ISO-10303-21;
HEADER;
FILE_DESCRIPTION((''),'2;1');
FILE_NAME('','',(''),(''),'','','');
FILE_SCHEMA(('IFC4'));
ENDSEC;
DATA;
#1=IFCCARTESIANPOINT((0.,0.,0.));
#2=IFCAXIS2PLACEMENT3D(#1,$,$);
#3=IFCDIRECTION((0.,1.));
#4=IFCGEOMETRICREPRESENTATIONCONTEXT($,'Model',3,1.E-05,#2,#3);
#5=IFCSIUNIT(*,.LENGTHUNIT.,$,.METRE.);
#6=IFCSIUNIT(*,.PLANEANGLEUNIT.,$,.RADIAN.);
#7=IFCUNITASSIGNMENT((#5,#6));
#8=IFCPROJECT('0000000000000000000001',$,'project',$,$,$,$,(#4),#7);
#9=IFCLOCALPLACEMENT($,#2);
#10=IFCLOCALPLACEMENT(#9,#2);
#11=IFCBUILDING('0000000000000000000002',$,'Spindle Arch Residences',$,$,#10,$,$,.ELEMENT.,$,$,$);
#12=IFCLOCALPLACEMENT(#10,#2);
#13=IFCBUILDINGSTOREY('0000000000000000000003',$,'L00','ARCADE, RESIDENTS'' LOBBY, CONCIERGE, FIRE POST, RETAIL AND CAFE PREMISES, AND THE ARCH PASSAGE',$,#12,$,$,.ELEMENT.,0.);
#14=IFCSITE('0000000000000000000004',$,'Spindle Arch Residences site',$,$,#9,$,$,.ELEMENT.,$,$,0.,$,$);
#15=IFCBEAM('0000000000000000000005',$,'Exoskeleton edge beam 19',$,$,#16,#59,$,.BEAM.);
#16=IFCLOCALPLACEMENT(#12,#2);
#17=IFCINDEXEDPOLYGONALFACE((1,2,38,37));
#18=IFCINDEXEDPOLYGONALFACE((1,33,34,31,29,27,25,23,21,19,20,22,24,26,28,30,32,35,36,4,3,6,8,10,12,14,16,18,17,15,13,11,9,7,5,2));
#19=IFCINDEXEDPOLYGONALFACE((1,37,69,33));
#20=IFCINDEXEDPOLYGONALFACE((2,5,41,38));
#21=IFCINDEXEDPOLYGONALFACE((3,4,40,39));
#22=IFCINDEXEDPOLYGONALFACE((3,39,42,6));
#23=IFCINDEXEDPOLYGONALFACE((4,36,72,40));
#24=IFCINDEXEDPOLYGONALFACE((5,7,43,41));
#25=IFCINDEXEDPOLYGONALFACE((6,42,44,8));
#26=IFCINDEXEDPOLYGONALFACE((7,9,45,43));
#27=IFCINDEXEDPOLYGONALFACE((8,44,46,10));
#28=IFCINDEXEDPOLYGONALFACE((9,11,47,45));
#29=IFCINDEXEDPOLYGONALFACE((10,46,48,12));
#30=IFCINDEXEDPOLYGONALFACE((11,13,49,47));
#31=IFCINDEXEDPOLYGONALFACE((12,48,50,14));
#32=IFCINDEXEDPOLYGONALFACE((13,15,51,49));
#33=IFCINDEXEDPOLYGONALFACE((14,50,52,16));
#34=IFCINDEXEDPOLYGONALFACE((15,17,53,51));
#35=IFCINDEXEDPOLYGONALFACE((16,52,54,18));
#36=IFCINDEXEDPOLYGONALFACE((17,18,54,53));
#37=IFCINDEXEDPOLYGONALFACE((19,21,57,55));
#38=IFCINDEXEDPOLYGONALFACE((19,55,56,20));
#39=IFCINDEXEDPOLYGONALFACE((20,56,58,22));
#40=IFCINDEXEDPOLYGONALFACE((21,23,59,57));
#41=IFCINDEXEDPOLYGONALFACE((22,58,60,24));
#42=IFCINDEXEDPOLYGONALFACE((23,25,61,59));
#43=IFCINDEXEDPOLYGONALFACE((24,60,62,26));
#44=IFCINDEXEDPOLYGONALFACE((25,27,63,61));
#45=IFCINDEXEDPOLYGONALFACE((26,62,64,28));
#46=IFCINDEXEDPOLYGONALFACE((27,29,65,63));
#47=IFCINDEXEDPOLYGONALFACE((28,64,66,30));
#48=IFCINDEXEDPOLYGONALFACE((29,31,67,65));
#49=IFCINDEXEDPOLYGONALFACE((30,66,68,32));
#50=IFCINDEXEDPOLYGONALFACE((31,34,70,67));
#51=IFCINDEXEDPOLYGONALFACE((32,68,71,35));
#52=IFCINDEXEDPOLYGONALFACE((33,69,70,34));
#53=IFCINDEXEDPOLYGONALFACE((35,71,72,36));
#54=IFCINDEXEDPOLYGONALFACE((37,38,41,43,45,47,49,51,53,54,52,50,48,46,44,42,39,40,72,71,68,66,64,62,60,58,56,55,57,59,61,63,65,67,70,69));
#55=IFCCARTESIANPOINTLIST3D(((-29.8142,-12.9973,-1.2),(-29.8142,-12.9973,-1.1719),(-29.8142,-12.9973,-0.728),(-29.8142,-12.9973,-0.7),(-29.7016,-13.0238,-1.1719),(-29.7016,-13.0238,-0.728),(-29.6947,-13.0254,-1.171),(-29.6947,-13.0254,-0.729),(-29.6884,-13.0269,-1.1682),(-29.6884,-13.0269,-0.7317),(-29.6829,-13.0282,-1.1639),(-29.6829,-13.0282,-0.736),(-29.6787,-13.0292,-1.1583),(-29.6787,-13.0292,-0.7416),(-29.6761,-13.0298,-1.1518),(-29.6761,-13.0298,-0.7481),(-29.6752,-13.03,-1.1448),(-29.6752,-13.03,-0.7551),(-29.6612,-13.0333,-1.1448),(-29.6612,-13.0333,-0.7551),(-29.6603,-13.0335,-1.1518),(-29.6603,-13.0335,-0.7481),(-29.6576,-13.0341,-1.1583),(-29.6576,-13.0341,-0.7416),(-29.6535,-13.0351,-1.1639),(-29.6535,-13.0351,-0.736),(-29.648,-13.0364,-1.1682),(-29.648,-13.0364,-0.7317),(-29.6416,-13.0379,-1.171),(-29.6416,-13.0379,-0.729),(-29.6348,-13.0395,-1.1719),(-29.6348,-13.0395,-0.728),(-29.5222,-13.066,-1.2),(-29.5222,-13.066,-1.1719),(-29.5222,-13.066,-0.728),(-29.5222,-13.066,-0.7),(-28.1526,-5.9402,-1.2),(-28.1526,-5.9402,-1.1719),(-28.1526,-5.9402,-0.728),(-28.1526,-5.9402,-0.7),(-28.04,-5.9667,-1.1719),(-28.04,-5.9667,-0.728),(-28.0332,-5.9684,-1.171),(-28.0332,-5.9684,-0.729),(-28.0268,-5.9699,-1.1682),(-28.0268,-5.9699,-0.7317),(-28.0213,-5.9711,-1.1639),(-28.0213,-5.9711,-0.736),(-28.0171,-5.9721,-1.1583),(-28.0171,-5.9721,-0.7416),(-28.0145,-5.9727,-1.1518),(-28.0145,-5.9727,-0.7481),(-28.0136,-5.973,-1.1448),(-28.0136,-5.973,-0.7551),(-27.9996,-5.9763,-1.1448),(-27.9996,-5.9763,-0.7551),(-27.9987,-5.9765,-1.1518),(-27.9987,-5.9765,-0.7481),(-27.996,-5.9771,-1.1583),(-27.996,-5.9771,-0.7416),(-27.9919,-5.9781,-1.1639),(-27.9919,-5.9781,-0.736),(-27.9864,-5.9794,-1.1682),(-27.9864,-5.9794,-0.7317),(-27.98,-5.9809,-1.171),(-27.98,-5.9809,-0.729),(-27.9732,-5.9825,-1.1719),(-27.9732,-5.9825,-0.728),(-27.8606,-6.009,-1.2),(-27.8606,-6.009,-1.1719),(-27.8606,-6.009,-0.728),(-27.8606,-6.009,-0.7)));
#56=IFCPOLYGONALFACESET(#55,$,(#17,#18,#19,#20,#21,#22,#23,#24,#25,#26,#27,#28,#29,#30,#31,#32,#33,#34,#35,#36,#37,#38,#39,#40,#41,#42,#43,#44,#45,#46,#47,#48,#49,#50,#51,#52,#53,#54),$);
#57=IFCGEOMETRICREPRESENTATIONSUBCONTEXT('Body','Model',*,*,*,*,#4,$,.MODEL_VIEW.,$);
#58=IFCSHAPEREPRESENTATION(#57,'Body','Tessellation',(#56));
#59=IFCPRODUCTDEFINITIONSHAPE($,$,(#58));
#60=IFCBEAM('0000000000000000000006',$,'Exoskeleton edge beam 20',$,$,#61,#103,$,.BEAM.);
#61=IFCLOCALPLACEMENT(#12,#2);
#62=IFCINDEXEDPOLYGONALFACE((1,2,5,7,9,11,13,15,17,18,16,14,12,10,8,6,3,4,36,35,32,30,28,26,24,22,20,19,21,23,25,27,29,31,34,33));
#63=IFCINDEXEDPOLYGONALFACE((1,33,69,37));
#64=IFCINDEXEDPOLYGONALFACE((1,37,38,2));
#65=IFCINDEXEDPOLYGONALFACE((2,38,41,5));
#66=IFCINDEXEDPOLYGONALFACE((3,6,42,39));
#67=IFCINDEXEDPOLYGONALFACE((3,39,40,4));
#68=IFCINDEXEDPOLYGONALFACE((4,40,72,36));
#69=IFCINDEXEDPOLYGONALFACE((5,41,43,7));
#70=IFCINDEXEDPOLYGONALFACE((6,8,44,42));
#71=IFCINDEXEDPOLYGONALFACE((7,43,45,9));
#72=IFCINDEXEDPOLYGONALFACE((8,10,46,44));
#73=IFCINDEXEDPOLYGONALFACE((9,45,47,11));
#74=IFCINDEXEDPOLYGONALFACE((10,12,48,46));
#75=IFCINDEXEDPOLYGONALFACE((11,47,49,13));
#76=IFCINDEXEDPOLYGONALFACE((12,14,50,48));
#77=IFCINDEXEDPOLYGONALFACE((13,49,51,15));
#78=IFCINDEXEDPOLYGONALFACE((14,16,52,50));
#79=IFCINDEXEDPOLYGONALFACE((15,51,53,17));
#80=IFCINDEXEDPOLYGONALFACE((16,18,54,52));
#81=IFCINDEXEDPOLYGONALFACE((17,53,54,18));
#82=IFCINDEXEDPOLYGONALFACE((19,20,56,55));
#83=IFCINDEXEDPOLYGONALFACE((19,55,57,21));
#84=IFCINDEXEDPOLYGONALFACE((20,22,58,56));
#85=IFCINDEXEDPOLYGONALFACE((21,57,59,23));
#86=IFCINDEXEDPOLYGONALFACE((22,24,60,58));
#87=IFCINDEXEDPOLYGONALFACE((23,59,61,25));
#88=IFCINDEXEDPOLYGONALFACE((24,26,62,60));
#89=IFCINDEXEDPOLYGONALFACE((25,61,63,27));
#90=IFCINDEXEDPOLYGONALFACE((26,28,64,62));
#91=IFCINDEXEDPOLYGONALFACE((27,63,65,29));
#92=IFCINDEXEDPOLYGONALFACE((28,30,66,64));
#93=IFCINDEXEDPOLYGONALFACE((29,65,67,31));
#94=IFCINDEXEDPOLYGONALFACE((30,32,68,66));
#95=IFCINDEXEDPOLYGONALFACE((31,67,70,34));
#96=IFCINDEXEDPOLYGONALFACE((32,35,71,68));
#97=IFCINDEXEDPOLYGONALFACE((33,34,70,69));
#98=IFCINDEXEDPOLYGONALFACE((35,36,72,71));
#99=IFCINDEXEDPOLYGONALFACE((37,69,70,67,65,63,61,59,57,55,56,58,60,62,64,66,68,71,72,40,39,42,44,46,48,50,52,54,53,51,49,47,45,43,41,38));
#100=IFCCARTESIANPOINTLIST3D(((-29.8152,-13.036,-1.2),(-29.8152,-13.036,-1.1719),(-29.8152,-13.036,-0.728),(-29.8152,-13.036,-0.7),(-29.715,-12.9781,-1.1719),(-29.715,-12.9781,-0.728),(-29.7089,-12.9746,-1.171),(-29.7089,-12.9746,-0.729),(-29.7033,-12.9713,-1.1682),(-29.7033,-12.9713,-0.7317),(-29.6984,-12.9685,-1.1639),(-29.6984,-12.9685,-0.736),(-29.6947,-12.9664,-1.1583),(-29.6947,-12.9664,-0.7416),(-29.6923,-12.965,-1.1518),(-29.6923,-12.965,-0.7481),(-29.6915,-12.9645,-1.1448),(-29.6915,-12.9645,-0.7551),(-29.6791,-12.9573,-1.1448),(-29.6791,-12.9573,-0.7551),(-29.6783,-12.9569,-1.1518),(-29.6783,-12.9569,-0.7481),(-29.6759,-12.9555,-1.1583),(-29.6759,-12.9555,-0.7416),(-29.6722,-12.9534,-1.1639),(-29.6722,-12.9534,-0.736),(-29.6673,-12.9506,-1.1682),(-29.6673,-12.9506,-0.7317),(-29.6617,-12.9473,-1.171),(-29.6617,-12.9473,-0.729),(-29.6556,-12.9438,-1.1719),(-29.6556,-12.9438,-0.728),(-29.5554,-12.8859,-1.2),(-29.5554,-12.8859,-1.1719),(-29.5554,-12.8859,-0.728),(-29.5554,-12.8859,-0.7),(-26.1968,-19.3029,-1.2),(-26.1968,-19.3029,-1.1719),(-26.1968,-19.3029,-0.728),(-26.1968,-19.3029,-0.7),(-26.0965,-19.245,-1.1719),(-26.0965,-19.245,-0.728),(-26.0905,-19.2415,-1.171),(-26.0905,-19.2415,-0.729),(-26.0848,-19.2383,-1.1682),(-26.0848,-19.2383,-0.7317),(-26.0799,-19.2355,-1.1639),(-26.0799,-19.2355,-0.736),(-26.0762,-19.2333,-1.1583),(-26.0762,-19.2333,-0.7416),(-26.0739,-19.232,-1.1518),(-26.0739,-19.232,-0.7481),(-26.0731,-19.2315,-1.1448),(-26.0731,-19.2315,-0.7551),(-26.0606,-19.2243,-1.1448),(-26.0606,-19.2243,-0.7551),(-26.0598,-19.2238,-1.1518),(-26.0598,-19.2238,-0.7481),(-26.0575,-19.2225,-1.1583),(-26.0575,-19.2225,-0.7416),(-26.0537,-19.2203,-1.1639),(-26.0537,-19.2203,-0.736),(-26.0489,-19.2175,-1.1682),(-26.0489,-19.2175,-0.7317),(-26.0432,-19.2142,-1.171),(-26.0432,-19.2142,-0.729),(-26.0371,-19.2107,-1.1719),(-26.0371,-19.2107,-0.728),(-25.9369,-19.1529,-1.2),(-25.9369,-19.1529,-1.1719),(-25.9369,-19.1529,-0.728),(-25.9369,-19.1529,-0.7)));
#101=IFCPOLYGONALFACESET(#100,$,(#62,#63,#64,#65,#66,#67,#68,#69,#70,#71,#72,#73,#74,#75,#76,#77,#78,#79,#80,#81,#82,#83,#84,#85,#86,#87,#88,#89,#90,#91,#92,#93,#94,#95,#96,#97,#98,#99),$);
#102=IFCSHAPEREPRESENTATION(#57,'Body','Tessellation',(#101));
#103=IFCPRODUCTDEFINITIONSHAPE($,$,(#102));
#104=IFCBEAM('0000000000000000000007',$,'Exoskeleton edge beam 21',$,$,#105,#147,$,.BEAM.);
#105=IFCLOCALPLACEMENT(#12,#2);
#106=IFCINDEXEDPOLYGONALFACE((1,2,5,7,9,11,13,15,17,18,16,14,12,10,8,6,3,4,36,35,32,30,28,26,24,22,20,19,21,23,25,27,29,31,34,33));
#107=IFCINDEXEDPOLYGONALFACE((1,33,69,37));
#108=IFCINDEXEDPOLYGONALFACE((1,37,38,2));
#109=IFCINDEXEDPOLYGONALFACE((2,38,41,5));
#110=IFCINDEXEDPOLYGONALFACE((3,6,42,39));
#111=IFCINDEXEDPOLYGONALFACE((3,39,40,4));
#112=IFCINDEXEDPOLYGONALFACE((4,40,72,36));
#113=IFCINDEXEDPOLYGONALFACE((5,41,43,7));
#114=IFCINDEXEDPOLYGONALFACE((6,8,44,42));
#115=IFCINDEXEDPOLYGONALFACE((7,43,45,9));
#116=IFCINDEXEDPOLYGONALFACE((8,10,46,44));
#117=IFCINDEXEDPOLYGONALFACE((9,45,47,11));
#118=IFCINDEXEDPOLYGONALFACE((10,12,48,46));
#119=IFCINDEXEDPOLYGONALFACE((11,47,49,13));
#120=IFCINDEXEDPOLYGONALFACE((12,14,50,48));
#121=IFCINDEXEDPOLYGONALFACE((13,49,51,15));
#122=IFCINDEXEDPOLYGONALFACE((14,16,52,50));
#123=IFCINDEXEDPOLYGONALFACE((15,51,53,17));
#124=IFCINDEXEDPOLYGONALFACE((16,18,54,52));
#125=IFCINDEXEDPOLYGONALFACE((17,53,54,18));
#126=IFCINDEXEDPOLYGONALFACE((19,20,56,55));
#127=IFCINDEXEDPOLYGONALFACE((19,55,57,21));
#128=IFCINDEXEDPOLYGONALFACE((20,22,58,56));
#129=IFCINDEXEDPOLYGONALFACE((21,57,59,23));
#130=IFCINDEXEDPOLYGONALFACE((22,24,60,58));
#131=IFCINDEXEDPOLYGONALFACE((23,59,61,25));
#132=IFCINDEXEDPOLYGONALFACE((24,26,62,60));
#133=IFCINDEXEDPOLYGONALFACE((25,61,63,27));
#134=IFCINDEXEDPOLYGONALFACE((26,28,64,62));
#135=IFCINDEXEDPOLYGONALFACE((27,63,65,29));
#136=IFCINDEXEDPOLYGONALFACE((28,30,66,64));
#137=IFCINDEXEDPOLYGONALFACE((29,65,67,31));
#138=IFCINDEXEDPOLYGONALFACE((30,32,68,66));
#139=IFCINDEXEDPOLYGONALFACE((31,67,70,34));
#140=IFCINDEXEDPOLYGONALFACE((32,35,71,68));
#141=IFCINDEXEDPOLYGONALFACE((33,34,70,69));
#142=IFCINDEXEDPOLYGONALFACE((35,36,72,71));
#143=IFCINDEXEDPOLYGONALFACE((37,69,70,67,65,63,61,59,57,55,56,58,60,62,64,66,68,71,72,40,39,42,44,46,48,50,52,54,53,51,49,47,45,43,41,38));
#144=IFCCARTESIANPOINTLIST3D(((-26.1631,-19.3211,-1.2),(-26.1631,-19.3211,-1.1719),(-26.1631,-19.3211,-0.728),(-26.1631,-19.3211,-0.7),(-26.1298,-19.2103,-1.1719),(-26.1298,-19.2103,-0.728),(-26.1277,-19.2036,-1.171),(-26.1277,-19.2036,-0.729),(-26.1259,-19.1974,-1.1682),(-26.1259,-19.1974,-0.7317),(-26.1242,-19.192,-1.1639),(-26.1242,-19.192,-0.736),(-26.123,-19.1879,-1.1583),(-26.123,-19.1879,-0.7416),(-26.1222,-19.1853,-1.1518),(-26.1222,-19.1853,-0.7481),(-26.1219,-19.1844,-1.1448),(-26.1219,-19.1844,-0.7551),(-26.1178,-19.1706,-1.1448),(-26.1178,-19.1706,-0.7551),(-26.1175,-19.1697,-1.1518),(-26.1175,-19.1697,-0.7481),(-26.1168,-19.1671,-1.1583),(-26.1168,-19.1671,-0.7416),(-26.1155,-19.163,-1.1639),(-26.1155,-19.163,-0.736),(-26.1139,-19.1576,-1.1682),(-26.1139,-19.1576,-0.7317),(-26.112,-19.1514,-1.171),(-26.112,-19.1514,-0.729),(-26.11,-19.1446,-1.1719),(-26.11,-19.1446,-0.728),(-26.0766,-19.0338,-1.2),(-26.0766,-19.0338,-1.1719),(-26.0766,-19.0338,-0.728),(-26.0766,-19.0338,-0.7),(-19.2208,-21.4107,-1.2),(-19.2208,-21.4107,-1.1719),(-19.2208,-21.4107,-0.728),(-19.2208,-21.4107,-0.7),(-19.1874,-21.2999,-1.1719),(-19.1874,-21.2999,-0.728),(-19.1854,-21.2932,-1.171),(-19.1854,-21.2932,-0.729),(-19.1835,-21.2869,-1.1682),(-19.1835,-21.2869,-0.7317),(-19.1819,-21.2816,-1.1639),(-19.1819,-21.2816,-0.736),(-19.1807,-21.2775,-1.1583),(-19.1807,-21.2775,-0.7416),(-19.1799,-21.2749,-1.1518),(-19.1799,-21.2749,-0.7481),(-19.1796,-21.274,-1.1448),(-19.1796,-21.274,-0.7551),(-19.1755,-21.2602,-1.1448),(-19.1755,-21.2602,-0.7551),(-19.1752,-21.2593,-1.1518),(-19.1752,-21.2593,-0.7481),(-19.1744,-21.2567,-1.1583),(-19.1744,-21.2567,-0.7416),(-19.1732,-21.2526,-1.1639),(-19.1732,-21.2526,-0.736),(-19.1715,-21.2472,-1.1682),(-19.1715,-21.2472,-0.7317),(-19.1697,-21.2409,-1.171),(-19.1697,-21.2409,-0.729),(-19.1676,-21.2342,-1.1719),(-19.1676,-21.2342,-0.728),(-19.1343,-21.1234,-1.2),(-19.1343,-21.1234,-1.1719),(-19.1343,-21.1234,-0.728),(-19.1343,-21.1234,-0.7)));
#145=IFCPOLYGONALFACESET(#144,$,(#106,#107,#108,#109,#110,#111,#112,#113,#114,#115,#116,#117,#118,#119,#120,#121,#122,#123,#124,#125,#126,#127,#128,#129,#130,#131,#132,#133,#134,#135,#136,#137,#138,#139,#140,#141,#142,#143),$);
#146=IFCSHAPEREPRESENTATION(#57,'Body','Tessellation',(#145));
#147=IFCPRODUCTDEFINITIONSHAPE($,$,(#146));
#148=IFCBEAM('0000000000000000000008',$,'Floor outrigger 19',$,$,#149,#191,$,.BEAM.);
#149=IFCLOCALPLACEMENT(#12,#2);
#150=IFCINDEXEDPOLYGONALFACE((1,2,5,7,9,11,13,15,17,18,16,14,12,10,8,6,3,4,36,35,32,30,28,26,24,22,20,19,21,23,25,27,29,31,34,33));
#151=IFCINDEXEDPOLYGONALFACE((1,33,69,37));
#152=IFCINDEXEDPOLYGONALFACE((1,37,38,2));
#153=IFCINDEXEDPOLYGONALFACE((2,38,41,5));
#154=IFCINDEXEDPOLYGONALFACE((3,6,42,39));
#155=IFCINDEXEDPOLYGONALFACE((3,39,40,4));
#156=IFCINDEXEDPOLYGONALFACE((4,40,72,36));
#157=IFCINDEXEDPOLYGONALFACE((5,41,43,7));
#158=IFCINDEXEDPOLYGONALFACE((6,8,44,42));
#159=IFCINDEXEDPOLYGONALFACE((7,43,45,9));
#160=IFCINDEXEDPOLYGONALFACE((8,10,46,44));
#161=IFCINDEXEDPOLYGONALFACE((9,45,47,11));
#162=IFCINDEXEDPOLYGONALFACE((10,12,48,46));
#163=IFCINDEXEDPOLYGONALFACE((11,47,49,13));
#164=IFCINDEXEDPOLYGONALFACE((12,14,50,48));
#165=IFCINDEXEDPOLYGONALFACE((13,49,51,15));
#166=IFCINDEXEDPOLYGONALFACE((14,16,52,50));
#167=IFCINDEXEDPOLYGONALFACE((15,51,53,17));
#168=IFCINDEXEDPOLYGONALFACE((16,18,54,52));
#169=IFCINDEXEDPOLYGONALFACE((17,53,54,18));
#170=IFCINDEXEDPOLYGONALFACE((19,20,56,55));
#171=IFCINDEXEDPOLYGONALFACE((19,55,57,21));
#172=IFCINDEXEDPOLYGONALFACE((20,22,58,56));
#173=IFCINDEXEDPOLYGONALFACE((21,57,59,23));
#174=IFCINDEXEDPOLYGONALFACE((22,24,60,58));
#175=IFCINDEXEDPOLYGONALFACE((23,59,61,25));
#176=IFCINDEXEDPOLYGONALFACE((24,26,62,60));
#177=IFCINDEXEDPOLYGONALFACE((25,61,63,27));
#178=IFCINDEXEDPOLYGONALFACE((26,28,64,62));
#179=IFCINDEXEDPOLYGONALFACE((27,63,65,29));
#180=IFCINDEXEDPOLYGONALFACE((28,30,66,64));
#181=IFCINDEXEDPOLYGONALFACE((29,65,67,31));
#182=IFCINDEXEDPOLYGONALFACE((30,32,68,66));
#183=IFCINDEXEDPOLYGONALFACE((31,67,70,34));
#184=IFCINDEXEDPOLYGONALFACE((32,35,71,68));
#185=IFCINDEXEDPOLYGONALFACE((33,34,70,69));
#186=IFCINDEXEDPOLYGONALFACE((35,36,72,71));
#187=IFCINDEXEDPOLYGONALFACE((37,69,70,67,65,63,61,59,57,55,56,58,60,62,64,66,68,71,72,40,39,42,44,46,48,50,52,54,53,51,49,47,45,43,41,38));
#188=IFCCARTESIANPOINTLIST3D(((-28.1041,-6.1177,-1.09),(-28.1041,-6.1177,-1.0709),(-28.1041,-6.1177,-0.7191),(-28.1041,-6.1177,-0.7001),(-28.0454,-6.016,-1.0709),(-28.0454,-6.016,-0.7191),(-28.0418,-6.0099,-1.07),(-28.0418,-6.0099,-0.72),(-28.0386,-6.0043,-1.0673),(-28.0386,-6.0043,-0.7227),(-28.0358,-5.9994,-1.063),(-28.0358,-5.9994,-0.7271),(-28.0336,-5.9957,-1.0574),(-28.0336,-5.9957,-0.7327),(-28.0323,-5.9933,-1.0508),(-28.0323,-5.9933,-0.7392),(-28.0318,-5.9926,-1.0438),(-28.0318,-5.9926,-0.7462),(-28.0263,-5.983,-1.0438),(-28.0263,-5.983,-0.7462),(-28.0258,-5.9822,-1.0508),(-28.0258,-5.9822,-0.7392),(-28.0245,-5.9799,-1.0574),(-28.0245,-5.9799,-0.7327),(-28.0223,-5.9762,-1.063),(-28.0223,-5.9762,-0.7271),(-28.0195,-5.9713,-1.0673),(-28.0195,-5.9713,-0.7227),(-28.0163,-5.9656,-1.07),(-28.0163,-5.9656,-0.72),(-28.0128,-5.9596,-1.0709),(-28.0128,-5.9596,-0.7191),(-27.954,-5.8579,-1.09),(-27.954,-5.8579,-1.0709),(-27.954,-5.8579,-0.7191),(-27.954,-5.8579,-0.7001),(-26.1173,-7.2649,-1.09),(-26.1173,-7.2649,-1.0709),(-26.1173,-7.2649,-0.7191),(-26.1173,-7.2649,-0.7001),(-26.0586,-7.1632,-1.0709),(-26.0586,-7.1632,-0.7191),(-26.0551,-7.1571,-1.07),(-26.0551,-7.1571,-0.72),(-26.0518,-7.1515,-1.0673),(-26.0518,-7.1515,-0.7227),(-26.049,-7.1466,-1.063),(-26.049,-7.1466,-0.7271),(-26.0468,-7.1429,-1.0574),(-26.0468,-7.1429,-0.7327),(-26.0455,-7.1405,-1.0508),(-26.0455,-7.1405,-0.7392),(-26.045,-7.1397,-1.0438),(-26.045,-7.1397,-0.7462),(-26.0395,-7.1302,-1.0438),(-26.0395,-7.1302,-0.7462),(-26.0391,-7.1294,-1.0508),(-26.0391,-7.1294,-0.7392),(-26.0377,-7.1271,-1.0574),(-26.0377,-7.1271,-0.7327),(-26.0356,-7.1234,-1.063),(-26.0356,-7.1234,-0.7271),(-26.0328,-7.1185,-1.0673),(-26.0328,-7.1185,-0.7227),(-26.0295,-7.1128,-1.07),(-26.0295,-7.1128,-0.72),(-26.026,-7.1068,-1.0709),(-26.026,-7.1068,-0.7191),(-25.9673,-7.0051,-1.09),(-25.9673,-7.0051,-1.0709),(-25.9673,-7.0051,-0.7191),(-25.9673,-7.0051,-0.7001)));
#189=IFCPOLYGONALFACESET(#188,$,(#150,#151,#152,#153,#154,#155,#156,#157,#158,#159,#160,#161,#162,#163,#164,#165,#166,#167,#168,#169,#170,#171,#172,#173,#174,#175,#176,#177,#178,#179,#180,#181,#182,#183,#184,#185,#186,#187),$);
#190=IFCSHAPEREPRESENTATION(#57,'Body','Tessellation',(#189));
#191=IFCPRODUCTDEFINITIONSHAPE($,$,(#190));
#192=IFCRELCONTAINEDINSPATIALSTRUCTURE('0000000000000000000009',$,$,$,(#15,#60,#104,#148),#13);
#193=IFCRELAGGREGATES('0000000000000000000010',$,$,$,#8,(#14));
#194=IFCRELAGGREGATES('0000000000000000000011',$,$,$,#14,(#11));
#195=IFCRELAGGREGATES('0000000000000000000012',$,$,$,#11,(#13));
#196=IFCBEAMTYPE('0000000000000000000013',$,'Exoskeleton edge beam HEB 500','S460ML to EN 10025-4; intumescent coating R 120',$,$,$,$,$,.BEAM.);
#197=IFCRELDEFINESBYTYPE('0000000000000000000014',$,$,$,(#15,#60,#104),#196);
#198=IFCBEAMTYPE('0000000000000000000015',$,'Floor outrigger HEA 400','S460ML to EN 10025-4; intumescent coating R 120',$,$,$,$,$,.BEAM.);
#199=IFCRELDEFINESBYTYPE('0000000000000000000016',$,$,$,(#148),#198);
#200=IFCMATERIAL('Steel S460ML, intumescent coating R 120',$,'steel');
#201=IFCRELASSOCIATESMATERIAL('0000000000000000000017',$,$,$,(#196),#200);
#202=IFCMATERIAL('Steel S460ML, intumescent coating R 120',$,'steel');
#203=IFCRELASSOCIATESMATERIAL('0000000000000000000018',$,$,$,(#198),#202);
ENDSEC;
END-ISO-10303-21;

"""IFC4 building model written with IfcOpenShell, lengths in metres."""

from ifc_helpers import new_model, si_unit, direction, frame, origin, origin_2d, place, context, subcontext, project, spatial, i_section, extrude, material, material_profile, profile_set, type_object, element, save


model = new_model("IFC4")

# Units and contexts
model_context = context("Model", 3, precision=1e-05, world=origin(), true_north=direction((0.0, 1.0)))
body_context = subcontext(model_context, "Body", "Model", "MODEL_VIEW")
ifc_project = project(units=[si_unit("LENGTHUNIT", "METRE"), si_unit("PLANEANGLEUNIT", "RADIAN")], contexts=[model_context])

# Site, building, storey
site_placement = place(None, origin())
site = spatial("IfcSite", under=ifc_project, at=site_placement, Name="Spindle Arch Residences site", CompositionType="ELEMENT", RefElevation=0.0)
building_placement = place(site_placement, origin())
building = spatial("IfcBuilding", under=site, at=building_placement, Name="Spindle Arch Residences", CompositionType="ELEMENT")
storey_placement = place(building_placement, origin())
storey = spatial("IfcBuildingStorey", under=building, at=storey_placement, Name="L00", Description="ARCADE, RESIDENTS' LOBBY, CONCIERGE, FIRE POST, RETAIL AND CAFE PREMISES, AND THE ARCH PASSAGE", CompositionType="ELEMENT", Elevation=0.0)

# Beams
ifc_material_1 = material(Name="Steel S460ML, intumescent coating R 120", Category="steel")
ifc_material_profile_1 = material_profile(ifc_material_1, i_section(OverallWidth=0.3, OverallDepth=0.5, WebThickness=0.0144, FlangeThickness=0.0281, FilletRadius=0.0271, at=origin_2d()), Name="HEB 500")
ifc_profile_set_1 = profile_set([ifc_material_profile_1], Name="Steel S460ML, intumescent coating R 120")
beam_type_1 = type_object("IfcBeamType", Name="Exoskeleton edge beam HEB 500", Description="S460ML to EN 10025-4; intumescent coating R 120", PredefinedType="BEAM", material=ifc_profile_set_1)
beam_1_placement = place(storey_placement, frame((-28.0066, -5.9746, -0.95), z_axis=(-0.229186, -0.973383, 0.0), x_axis=(0.973383, -0.229186, 0.0)))
element("IfcBeam", 1, at=beam_1_placement, inside=storey, type_object=beam_type_1, Name="Exoskeleton edge beam 19", PredefinedType="BEAM", context=body_context, shape_type="SweptSolid", body=[
    extrude(i_section(OverallWidth=0.3, OverallDepth=0.5, WebThickness=0.0144, FlangeThickness=0.0281, FilletRadius=0.0271, at=origin_2d()), origin(), (0.0, 0.0, 1.0), 7.25),
])
beam_2_placement = place(storey_placement, frame((-29.6853, -12.9609, -0.95), z_axis=(0.500025, -0.866011, 0.0), x_axis=(0.866011, 0.500025, 0.0)))
element("IfcBeam", 2, at=beam_2_placement, inside=storey, type_object=beam_type_1, Name="Exoskeleton edge beam 20", PredefinedType="BEAM", context=body_context, shape_type="SweptSolid", body=[
    extrude(i_section(OverallWidth=0.3, OverallDepth=0.5, WebThickness=0.0144, FlangeThickness=0.0281, FilletRadius=0.0271, at=origin_2d()), origin(), (0.0, 0.0, 1.0), 7.2366),
])
beam_3_placement = place(storey_placement, frame((-26.1199, -19.1775, -0.95), z_axis=(0.957565, -0.288219, 0.0), x_axis=(0.288219, 0.957565, 0.0)))
element("IfcBeam", 3, at=beam_3_placement, inside=storey, type_object=beam_type_1, Name="Exoskeleton edge beam 21", PredefinedType="BEAM", context=body_context, shape_type="SweptSolid", body=[
    extrude(i_section(OverallWidth=0.3, OverallDepth=0.5, WebThickness=0.0144, FlangeThickness=0.0281, FilletRadius=0.0271, at=origin_2d()), origin(), (0.0, 0.0, 1.0), 7.25),
])
ifc_material_2 = material(Name="Steel S460ML, intumescent coating R 120", Category="steel")
ifc_material_profile_2 = material_profile(ifc_material_2, i_section(OverallWidth=0.3, OverallDepth=0.3899, WebThickness=0.011, FlangeThickness=0.019, FilletRadius=0.0271, at=origin_2d()), Name="HEA 400")
ifc_profile_set_2 = profile_set([ifc_material_profile_2], Name="Steel S460ML, intumescent coating R 120")
beam_type_2 = type_object("IfcBeamType", Name="Floor outrigger HEA 400", Description="S460ML to EN 10025-4; intumescent coating R 120", PredefinedType="BEAM", material=ifc_profile_set_2)
beam_4_placement = place(storey_placement, frame((-28.0291, -5.9878, -0.895), z_axis=(0.866001, -0.500042, 0.0), x_axis=(0.500042, 0.866001, 0.0)))
element("IfcBeam", 4, at=beam_4_placement, inside=storey, type_object=beam_type_2, Name="Floor outrigger 19", PredefinedType="BEAM", context=body_context, shape_type="SweptSolid", body=[
    extrude(i_section(OverallWidth=0.3, OverallDepth=0.3899, WebThickness=0.011, FlangeThickness=0.019, FilletRadius=0.0271, at=origin_2d()), origin(), (0.0, 0.0, 1.0), 2.2942),
])

save(model, "model.ifc")
